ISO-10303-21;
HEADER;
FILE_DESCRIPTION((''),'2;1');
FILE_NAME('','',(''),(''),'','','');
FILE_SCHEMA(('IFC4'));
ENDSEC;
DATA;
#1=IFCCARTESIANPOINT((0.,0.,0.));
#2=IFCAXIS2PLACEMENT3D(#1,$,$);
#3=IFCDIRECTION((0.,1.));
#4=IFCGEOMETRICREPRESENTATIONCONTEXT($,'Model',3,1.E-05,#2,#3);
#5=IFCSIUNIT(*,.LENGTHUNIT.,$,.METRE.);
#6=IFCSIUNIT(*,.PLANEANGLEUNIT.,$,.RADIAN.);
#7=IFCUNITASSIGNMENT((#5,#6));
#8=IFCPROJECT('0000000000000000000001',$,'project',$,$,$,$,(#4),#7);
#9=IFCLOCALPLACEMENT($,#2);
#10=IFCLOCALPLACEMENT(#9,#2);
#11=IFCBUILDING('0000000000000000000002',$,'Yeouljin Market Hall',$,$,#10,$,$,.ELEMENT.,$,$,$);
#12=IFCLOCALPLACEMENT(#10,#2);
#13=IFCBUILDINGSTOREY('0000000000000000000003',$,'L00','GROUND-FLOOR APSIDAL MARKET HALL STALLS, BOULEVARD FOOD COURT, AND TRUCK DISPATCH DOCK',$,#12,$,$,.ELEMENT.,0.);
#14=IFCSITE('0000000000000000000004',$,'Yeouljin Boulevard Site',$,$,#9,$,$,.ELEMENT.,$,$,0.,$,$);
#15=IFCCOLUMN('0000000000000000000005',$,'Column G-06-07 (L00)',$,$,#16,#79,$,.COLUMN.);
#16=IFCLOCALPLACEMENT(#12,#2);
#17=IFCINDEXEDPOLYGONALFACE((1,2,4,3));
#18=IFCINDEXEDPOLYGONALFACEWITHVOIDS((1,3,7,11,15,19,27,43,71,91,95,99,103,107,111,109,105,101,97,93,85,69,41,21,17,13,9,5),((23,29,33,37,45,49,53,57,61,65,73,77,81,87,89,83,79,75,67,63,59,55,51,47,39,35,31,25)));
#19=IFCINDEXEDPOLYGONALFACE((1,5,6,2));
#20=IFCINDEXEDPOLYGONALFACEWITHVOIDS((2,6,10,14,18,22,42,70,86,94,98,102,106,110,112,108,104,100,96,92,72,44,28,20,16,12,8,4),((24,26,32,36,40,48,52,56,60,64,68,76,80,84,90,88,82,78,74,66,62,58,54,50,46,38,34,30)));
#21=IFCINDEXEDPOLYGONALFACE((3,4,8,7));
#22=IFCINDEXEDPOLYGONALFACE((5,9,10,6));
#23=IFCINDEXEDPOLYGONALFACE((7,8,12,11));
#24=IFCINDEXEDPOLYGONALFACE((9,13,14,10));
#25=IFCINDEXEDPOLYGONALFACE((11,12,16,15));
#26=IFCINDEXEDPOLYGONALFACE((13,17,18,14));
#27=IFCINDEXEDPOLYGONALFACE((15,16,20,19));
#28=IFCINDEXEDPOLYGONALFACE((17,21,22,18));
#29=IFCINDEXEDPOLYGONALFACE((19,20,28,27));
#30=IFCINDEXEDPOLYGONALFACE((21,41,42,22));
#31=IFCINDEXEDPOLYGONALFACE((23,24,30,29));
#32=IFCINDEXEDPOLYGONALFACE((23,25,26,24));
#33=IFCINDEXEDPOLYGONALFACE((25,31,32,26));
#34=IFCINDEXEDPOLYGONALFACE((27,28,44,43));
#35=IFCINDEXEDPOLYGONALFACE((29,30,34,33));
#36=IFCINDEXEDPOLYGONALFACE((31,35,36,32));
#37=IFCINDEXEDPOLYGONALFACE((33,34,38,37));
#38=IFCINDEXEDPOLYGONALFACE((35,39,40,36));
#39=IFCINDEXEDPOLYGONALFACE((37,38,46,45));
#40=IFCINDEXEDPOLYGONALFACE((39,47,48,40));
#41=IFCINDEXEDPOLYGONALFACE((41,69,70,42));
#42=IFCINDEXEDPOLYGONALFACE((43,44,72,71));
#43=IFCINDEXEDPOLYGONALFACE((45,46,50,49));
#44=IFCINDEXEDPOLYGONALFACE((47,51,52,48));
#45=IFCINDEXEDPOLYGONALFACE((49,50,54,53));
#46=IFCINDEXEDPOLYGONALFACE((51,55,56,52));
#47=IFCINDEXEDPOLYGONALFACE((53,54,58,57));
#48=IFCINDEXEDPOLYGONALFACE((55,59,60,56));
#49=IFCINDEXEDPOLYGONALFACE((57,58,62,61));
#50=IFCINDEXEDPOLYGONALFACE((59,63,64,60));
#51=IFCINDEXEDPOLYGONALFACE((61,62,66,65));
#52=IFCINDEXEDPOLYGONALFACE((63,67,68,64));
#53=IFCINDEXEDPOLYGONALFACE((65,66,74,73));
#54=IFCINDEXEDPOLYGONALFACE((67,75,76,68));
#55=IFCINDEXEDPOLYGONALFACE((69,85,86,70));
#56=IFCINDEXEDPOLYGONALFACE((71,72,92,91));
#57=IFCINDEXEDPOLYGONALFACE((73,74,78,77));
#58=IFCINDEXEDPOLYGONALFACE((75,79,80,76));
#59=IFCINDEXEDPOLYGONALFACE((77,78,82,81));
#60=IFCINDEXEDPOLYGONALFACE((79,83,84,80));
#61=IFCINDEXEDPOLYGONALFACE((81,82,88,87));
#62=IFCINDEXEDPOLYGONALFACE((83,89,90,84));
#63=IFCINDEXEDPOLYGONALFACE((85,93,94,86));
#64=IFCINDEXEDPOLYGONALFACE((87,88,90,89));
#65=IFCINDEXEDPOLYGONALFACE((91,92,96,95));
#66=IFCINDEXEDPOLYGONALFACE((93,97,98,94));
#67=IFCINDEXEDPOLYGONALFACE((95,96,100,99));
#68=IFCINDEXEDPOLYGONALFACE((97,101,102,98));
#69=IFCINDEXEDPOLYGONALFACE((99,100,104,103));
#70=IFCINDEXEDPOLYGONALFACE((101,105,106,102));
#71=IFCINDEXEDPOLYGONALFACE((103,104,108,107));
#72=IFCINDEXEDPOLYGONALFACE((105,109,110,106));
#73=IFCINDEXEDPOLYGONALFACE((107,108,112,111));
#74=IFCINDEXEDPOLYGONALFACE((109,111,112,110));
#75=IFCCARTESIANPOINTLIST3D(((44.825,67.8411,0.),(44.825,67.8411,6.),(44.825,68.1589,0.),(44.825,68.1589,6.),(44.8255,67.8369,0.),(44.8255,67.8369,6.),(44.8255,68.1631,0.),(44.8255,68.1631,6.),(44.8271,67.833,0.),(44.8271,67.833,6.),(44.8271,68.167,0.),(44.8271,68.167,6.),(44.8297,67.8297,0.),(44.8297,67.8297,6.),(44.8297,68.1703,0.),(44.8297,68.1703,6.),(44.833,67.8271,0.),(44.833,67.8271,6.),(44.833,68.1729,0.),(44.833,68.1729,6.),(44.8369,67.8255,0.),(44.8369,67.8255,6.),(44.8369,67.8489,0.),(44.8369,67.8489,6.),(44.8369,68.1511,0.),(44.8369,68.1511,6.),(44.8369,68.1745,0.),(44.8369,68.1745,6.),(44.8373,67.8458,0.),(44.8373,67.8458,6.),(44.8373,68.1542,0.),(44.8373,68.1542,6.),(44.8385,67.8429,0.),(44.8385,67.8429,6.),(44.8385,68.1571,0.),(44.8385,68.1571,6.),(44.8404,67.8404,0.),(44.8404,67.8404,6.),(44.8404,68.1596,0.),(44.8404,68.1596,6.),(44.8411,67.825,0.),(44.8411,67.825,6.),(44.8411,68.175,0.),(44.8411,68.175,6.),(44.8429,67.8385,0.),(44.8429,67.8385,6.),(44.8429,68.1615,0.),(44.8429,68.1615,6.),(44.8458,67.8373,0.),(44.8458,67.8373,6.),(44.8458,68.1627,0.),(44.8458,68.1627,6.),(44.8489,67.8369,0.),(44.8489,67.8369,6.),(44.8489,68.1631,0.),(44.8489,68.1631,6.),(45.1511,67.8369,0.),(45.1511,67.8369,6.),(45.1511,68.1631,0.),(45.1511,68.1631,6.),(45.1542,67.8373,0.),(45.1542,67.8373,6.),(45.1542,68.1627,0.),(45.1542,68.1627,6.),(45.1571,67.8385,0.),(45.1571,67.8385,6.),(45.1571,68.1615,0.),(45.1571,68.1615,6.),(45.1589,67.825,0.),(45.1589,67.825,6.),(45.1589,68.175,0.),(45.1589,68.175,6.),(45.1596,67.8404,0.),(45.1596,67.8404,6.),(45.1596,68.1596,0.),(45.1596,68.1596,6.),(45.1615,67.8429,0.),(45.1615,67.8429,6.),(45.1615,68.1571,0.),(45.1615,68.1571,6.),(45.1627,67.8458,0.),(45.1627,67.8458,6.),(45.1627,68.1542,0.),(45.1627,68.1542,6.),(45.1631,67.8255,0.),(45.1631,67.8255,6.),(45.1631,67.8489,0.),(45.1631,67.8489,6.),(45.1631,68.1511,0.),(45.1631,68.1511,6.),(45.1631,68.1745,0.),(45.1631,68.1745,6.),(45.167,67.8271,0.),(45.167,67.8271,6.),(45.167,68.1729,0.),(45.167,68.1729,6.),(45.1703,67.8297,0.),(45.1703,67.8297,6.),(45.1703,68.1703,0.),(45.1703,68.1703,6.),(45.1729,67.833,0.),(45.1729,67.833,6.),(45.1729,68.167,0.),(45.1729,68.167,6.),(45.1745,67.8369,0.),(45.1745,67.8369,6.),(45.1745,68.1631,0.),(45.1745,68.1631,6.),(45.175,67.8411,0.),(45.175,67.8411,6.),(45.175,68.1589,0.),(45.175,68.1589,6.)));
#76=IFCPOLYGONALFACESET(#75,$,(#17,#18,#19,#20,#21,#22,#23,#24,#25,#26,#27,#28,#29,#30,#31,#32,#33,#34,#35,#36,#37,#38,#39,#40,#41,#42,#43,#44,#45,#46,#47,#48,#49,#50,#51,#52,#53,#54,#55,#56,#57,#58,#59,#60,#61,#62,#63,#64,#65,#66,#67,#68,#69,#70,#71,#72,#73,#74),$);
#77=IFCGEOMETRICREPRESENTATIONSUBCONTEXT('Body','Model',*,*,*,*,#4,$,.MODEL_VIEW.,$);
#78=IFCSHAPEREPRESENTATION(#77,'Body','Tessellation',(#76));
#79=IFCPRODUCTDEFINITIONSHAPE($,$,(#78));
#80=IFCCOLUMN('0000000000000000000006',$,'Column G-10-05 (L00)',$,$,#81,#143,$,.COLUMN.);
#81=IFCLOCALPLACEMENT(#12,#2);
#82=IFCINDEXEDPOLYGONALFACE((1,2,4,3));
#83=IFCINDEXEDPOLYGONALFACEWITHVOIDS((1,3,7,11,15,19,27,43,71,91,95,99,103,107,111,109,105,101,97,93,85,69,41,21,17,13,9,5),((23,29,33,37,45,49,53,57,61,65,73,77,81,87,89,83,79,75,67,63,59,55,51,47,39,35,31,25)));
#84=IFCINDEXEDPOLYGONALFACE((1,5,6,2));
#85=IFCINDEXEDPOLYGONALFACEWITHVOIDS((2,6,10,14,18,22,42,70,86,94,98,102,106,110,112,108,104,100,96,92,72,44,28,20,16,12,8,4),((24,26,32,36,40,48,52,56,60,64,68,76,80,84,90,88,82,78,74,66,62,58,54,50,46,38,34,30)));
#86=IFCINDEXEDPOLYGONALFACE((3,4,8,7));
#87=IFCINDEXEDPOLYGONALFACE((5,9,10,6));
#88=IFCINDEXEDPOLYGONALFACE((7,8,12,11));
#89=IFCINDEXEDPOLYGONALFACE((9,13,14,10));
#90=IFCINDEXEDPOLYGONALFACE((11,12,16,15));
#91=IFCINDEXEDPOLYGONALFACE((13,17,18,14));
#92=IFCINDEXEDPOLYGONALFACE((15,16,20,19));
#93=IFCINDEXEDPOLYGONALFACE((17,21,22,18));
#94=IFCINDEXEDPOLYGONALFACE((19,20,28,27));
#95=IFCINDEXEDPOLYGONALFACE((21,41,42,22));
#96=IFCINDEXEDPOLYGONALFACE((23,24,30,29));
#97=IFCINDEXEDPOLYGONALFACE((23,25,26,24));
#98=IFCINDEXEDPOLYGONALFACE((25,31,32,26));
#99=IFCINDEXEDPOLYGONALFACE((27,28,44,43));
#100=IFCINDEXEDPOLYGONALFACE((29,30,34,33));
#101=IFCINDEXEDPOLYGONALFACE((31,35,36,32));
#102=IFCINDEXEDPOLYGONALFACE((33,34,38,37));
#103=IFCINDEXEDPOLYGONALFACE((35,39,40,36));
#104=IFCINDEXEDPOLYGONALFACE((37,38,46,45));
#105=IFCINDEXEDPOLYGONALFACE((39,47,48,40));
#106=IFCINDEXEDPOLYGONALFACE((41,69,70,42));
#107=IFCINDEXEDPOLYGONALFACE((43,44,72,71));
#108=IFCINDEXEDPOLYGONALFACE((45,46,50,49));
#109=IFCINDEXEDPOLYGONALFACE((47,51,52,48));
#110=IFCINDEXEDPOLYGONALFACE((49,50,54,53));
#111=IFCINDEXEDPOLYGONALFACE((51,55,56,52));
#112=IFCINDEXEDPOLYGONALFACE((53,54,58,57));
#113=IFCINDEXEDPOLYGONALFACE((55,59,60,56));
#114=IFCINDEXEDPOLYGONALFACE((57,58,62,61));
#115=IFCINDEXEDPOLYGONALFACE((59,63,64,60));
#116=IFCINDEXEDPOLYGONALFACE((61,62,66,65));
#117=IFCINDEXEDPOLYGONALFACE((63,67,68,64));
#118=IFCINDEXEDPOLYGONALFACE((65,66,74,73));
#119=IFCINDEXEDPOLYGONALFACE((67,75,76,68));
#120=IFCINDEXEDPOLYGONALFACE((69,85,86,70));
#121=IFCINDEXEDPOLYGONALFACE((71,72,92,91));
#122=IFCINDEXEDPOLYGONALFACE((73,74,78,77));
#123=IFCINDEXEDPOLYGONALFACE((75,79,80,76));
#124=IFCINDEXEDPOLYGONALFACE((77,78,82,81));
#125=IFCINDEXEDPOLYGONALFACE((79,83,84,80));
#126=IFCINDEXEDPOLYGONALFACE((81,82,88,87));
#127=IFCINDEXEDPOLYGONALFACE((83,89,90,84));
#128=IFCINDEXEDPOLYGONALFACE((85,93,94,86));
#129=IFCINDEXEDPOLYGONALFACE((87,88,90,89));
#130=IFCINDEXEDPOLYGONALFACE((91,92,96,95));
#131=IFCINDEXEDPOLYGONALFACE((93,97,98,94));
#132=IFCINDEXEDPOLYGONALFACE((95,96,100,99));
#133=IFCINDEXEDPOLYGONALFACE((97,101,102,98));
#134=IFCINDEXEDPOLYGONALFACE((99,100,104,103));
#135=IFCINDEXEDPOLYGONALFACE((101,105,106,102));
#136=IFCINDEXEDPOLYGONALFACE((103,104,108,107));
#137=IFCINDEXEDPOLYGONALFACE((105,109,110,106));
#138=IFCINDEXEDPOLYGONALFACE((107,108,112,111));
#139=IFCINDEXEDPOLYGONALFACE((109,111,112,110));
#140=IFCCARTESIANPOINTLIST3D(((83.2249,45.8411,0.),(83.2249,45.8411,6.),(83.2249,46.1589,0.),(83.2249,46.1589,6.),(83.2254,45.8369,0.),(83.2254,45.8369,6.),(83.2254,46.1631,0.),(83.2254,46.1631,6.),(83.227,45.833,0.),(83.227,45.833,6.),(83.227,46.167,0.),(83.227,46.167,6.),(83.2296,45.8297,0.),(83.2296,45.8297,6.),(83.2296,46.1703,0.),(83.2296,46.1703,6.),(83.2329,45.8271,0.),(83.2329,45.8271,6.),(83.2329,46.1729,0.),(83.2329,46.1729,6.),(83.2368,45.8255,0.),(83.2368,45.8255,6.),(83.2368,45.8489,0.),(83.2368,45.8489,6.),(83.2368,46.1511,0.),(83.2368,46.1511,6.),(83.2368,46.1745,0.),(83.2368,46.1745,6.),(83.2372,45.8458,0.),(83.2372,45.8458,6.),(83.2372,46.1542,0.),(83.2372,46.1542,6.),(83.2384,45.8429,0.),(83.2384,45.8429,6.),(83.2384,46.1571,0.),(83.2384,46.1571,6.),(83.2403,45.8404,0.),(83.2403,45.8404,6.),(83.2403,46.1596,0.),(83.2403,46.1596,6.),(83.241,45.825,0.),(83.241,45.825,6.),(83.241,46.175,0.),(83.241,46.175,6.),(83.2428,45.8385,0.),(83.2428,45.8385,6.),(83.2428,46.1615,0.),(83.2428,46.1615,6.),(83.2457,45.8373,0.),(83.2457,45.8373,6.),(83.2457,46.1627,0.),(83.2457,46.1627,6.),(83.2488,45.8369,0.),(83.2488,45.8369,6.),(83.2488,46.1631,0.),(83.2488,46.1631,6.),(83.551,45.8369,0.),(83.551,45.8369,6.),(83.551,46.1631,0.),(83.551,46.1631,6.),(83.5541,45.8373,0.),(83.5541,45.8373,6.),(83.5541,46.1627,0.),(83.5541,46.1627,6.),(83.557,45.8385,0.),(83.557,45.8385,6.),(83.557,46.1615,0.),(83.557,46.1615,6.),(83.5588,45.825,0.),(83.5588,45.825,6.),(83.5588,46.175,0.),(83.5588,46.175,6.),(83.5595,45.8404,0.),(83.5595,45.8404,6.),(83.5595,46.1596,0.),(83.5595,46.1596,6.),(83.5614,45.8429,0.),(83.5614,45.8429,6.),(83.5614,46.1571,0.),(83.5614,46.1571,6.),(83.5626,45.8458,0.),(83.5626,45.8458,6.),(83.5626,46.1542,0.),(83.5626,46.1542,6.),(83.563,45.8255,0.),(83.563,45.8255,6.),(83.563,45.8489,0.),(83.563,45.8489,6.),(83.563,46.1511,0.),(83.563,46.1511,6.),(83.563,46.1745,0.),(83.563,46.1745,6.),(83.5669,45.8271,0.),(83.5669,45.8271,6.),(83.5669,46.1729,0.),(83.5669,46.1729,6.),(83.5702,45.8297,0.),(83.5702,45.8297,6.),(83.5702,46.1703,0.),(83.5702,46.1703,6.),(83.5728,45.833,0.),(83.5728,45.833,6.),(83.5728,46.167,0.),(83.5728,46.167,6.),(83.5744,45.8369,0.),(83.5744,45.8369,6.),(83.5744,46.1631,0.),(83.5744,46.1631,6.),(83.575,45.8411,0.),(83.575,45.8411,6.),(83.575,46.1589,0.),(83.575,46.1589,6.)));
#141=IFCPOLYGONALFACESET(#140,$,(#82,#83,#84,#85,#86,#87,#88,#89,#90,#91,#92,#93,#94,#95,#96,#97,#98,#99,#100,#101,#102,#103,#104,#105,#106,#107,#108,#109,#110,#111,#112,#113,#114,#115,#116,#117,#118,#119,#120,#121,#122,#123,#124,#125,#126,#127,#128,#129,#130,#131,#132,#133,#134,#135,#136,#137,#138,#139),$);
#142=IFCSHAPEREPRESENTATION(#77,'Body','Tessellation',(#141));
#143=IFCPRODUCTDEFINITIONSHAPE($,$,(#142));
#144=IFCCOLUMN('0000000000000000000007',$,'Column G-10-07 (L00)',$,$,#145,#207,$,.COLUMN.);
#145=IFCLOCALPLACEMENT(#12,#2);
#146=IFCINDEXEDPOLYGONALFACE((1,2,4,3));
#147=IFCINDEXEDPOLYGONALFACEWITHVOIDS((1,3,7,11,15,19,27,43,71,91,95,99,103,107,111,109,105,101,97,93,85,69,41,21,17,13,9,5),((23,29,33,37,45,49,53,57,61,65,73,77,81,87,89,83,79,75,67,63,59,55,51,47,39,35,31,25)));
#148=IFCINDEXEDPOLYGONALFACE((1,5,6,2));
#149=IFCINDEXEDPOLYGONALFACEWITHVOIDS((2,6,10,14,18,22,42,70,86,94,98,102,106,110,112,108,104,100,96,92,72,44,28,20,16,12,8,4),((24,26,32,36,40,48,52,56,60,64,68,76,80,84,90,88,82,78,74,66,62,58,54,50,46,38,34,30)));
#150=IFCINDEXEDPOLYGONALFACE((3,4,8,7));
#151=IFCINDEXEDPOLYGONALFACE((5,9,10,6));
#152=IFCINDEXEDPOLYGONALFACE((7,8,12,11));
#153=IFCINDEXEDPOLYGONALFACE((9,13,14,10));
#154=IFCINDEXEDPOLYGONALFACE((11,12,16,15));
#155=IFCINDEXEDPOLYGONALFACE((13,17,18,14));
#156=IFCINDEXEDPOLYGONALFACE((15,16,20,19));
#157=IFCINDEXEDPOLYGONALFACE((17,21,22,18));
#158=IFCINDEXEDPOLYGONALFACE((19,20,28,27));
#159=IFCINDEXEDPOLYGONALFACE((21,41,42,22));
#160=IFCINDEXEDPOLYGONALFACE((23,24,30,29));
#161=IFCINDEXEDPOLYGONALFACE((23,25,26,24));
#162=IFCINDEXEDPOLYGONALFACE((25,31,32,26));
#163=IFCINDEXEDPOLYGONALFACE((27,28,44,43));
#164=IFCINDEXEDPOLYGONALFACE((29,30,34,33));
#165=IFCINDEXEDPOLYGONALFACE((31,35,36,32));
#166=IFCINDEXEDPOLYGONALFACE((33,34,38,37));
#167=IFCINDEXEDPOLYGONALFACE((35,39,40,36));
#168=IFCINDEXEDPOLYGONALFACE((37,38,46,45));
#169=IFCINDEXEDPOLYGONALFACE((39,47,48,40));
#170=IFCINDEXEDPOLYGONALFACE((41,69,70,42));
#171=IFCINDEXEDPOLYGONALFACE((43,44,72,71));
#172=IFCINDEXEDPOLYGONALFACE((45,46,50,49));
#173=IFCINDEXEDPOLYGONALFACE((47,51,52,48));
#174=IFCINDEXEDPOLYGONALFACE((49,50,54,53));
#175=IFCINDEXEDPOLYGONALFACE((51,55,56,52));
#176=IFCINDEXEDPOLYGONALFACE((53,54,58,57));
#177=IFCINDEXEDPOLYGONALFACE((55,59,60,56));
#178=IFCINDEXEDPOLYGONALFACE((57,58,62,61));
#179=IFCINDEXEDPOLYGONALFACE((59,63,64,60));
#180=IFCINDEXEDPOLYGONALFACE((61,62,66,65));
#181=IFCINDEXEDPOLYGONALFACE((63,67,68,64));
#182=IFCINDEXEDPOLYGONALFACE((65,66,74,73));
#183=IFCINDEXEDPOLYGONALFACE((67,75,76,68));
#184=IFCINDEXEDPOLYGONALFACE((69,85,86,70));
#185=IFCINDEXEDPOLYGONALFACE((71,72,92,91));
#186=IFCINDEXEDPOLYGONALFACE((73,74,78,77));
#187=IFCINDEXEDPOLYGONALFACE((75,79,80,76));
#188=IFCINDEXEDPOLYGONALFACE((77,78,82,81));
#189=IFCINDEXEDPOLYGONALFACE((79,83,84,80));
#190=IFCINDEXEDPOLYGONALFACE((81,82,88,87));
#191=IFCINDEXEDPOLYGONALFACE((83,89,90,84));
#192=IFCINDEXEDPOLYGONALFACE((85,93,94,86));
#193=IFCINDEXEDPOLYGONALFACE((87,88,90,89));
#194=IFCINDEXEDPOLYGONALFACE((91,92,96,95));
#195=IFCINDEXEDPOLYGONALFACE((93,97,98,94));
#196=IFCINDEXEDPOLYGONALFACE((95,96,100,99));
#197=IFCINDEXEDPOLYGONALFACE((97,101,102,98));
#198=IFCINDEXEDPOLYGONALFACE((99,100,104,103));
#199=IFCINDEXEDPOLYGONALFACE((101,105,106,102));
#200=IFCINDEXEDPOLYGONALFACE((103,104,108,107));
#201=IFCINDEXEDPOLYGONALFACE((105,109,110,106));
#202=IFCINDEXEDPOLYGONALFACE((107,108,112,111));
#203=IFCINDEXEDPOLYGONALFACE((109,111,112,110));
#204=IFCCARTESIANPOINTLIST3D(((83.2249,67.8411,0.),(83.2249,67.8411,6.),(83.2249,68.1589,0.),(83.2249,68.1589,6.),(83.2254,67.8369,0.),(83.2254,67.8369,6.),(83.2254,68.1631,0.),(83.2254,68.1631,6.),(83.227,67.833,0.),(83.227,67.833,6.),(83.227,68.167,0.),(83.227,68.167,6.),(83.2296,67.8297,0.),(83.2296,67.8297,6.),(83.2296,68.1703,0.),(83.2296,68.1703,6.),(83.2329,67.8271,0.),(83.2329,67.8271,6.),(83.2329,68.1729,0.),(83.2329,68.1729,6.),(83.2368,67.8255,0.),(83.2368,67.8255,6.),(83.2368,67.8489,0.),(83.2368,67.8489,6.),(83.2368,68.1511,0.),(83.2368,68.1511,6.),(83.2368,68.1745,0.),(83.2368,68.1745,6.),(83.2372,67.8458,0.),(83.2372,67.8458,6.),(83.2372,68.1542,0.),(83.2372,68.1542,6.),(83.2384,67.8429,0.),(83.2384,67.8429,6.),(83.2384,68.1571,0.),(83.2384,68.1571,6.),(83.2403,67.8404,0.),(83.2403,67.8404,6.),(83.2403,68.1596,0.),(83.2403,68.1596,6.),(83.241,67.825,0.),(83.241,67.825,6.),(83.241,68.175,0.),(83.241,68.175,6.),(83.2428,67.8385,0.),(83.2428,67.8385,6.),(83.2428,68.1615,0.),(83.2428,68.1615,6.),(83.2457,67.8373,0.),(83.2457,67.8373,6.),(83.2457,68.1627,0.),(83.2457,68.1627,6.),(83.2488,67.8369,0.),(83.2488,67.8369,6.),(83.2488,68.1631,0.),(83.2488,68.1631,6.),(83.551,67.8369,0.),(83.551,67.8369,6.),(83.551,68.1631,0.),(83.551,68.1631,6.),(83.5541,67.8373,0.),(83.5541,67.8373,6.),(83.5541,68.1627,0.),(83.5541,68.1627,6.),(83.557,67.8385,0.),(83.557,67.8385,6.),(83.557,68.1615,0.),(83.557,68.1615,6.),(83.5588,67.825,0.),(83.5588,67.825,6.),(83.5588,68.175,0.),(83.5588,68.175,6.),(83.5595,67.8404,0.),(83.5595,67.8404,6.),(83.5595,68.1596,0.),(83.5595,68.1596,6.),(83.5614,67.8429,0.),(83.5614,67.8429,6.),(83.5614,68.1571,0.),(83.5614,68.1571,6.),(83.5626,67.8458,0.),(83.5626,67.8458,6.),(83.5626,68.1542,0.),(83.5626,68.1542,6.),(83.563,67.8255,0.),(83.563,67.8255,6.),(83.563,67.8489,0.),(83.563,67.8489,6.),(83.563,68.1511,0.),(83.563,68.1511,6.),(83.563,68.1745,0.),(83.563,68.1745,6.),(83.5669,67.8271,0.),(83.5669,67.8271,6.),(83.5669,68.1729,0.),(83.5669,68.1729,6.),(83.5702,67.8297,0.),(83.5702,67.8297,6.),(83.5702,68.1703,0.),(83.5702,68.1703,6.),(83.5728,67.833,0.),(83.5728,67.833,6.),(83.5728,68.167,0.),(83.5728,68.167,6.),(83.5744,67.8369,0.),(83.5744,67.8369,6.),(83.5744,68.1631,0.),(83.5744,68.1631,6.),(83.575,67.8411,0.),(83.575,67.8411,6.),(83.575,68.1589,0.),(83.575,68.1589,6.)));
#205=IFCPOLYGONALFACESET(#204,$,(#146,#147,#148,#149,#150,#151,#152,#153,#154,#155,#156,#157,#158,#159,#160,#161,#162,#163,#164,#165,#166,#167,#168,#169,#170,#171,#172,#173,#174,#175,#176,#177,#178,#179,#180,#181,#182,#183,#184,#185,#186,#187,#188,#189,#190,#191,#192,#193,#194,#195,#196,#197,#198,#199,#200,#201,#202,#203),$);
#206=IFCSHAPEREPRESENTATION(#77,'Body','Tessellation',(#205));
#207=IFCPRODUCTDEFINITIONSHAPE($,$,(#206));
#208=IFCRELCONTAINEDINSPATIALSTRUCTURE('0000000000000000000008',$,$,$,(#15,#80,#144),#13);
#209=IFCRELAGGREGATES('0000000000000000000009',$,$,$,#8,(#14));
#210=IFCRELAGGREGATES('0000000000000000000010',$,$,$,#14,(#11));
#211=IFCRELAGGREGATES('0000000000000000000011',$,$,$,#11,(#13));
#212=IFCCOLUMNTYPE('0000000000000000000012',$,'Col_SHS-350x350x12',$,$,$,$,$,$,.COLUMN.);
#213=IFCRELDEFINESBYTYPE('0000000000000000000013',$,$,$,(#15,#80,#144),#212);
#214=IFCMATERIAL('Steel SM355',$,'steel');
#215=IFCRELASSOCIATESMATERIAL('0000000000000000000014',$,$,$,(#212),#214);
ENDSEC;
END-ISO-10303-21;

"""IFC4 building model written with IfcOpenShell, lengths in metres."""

from ifc_helpers import new_model, si_unit, direction, frame, origin, origin_2d, place, context, subcontext, project, spatial, hollow_rectangle, extrude, material, material_profile, profile_set, type_object, element, save


model = new_model("IFC4")

# Units and contexts
model_context = context("Model", 3, precision=1e-05, world=origin(), true_north=direction((0.0, 1.0)))
body_context = subcontext(model_context, "Body", "Model", "MODEL_VIEW")
ifc_project = project(units=[si_unit("LENGTHUNIT", "METRE"), si_unit("PLANEANGLEUNIT", "RADIAN")], contexts=[model_context])

# Site, building, storey
site_placement = place(None, origin())
site = spatial("IfcSite", under=ifc_project, at=site_placement, Name="Yeouljin Boulevard Site", CompositionType="ELEMENT", RefElevation=0.0)
building_placement = place(site_placement, origin())
building = spatial("IfcBuilding", under=site, at=building_placement, Name="Yeouljin Market Hall", CompositionType="ELEMENT")
storey_placement = place(building_placement, origin())
storey = spatial("IfcBuildingStorey", under=building, at=storey_placement, Name="L00", Description="GROUND-FLOOR APSIDAL MARKET HALL STALLS, BOULEVARD FOOD COURT, AND TRUCK DISPATCH DOCK", CompositionType="ELEMENT", Elevation=0.0)

# Columns
ifc_material_1 = material(Name="Steel SM355", Category="steel")
ifc_material_profile_1 = material_profile(ifc_material_1, hollow_rectangle(XDim=0.3501, YDim=0.3501, WallThickness=0.012, InnerFilletRadius=0.012, OuterFilletRadius=0.0161, at=origin_2d()), Name="SHS-350x350x12")
ifc_profile_set_1 = profile_set([ifc_material_profile_1], Name="Steel SM355")
column_type_1 = type_object("IfcColumnType", Name="Col_SHS-350x350x12", PredefinedType="COLUMN", material=ifc_profile_set_1)
for number, where, z_axis, x_axis, name in (
    (1, (45.0, 68.0, 0.0), (0.0, 0.0, 1.0), (1.0, 0.0, 0.0), "Column G-06-07 (L00)"),
    (2, (83.3999, 46.0, 0.0), (0.0, 0.0, 1.0), (1.0, 0.0, 0.0), "Column G-10-05 (L00)"),
    (3, (83.3999, 68.0, 0.0), (0.0, 0.0, 1.0), (1.0, 0.0, 0.0), "Column G-10-07 (L00)"),
):
    element("IfcColumn", number, at=place(storey_placement, frame(where, z_axis=z_axis, x_axis=x_axis)), inside=storey, type_object=column_type_1, Name=name, PredefinedType="COLUMN", context=body_context, shape_type="SweptSolid", body=[
        extrude(hollow_rectangle(XDim=0.3501, YDim=0.3501, WallThickness=0.012, InnerFilletRadius=0.012, OuterFilletRadius=0.0161, at=origin_2d()), origin(), (0.0, 0.0, 1.0), 6.0),
    ])

save(model, "model.ifc")
